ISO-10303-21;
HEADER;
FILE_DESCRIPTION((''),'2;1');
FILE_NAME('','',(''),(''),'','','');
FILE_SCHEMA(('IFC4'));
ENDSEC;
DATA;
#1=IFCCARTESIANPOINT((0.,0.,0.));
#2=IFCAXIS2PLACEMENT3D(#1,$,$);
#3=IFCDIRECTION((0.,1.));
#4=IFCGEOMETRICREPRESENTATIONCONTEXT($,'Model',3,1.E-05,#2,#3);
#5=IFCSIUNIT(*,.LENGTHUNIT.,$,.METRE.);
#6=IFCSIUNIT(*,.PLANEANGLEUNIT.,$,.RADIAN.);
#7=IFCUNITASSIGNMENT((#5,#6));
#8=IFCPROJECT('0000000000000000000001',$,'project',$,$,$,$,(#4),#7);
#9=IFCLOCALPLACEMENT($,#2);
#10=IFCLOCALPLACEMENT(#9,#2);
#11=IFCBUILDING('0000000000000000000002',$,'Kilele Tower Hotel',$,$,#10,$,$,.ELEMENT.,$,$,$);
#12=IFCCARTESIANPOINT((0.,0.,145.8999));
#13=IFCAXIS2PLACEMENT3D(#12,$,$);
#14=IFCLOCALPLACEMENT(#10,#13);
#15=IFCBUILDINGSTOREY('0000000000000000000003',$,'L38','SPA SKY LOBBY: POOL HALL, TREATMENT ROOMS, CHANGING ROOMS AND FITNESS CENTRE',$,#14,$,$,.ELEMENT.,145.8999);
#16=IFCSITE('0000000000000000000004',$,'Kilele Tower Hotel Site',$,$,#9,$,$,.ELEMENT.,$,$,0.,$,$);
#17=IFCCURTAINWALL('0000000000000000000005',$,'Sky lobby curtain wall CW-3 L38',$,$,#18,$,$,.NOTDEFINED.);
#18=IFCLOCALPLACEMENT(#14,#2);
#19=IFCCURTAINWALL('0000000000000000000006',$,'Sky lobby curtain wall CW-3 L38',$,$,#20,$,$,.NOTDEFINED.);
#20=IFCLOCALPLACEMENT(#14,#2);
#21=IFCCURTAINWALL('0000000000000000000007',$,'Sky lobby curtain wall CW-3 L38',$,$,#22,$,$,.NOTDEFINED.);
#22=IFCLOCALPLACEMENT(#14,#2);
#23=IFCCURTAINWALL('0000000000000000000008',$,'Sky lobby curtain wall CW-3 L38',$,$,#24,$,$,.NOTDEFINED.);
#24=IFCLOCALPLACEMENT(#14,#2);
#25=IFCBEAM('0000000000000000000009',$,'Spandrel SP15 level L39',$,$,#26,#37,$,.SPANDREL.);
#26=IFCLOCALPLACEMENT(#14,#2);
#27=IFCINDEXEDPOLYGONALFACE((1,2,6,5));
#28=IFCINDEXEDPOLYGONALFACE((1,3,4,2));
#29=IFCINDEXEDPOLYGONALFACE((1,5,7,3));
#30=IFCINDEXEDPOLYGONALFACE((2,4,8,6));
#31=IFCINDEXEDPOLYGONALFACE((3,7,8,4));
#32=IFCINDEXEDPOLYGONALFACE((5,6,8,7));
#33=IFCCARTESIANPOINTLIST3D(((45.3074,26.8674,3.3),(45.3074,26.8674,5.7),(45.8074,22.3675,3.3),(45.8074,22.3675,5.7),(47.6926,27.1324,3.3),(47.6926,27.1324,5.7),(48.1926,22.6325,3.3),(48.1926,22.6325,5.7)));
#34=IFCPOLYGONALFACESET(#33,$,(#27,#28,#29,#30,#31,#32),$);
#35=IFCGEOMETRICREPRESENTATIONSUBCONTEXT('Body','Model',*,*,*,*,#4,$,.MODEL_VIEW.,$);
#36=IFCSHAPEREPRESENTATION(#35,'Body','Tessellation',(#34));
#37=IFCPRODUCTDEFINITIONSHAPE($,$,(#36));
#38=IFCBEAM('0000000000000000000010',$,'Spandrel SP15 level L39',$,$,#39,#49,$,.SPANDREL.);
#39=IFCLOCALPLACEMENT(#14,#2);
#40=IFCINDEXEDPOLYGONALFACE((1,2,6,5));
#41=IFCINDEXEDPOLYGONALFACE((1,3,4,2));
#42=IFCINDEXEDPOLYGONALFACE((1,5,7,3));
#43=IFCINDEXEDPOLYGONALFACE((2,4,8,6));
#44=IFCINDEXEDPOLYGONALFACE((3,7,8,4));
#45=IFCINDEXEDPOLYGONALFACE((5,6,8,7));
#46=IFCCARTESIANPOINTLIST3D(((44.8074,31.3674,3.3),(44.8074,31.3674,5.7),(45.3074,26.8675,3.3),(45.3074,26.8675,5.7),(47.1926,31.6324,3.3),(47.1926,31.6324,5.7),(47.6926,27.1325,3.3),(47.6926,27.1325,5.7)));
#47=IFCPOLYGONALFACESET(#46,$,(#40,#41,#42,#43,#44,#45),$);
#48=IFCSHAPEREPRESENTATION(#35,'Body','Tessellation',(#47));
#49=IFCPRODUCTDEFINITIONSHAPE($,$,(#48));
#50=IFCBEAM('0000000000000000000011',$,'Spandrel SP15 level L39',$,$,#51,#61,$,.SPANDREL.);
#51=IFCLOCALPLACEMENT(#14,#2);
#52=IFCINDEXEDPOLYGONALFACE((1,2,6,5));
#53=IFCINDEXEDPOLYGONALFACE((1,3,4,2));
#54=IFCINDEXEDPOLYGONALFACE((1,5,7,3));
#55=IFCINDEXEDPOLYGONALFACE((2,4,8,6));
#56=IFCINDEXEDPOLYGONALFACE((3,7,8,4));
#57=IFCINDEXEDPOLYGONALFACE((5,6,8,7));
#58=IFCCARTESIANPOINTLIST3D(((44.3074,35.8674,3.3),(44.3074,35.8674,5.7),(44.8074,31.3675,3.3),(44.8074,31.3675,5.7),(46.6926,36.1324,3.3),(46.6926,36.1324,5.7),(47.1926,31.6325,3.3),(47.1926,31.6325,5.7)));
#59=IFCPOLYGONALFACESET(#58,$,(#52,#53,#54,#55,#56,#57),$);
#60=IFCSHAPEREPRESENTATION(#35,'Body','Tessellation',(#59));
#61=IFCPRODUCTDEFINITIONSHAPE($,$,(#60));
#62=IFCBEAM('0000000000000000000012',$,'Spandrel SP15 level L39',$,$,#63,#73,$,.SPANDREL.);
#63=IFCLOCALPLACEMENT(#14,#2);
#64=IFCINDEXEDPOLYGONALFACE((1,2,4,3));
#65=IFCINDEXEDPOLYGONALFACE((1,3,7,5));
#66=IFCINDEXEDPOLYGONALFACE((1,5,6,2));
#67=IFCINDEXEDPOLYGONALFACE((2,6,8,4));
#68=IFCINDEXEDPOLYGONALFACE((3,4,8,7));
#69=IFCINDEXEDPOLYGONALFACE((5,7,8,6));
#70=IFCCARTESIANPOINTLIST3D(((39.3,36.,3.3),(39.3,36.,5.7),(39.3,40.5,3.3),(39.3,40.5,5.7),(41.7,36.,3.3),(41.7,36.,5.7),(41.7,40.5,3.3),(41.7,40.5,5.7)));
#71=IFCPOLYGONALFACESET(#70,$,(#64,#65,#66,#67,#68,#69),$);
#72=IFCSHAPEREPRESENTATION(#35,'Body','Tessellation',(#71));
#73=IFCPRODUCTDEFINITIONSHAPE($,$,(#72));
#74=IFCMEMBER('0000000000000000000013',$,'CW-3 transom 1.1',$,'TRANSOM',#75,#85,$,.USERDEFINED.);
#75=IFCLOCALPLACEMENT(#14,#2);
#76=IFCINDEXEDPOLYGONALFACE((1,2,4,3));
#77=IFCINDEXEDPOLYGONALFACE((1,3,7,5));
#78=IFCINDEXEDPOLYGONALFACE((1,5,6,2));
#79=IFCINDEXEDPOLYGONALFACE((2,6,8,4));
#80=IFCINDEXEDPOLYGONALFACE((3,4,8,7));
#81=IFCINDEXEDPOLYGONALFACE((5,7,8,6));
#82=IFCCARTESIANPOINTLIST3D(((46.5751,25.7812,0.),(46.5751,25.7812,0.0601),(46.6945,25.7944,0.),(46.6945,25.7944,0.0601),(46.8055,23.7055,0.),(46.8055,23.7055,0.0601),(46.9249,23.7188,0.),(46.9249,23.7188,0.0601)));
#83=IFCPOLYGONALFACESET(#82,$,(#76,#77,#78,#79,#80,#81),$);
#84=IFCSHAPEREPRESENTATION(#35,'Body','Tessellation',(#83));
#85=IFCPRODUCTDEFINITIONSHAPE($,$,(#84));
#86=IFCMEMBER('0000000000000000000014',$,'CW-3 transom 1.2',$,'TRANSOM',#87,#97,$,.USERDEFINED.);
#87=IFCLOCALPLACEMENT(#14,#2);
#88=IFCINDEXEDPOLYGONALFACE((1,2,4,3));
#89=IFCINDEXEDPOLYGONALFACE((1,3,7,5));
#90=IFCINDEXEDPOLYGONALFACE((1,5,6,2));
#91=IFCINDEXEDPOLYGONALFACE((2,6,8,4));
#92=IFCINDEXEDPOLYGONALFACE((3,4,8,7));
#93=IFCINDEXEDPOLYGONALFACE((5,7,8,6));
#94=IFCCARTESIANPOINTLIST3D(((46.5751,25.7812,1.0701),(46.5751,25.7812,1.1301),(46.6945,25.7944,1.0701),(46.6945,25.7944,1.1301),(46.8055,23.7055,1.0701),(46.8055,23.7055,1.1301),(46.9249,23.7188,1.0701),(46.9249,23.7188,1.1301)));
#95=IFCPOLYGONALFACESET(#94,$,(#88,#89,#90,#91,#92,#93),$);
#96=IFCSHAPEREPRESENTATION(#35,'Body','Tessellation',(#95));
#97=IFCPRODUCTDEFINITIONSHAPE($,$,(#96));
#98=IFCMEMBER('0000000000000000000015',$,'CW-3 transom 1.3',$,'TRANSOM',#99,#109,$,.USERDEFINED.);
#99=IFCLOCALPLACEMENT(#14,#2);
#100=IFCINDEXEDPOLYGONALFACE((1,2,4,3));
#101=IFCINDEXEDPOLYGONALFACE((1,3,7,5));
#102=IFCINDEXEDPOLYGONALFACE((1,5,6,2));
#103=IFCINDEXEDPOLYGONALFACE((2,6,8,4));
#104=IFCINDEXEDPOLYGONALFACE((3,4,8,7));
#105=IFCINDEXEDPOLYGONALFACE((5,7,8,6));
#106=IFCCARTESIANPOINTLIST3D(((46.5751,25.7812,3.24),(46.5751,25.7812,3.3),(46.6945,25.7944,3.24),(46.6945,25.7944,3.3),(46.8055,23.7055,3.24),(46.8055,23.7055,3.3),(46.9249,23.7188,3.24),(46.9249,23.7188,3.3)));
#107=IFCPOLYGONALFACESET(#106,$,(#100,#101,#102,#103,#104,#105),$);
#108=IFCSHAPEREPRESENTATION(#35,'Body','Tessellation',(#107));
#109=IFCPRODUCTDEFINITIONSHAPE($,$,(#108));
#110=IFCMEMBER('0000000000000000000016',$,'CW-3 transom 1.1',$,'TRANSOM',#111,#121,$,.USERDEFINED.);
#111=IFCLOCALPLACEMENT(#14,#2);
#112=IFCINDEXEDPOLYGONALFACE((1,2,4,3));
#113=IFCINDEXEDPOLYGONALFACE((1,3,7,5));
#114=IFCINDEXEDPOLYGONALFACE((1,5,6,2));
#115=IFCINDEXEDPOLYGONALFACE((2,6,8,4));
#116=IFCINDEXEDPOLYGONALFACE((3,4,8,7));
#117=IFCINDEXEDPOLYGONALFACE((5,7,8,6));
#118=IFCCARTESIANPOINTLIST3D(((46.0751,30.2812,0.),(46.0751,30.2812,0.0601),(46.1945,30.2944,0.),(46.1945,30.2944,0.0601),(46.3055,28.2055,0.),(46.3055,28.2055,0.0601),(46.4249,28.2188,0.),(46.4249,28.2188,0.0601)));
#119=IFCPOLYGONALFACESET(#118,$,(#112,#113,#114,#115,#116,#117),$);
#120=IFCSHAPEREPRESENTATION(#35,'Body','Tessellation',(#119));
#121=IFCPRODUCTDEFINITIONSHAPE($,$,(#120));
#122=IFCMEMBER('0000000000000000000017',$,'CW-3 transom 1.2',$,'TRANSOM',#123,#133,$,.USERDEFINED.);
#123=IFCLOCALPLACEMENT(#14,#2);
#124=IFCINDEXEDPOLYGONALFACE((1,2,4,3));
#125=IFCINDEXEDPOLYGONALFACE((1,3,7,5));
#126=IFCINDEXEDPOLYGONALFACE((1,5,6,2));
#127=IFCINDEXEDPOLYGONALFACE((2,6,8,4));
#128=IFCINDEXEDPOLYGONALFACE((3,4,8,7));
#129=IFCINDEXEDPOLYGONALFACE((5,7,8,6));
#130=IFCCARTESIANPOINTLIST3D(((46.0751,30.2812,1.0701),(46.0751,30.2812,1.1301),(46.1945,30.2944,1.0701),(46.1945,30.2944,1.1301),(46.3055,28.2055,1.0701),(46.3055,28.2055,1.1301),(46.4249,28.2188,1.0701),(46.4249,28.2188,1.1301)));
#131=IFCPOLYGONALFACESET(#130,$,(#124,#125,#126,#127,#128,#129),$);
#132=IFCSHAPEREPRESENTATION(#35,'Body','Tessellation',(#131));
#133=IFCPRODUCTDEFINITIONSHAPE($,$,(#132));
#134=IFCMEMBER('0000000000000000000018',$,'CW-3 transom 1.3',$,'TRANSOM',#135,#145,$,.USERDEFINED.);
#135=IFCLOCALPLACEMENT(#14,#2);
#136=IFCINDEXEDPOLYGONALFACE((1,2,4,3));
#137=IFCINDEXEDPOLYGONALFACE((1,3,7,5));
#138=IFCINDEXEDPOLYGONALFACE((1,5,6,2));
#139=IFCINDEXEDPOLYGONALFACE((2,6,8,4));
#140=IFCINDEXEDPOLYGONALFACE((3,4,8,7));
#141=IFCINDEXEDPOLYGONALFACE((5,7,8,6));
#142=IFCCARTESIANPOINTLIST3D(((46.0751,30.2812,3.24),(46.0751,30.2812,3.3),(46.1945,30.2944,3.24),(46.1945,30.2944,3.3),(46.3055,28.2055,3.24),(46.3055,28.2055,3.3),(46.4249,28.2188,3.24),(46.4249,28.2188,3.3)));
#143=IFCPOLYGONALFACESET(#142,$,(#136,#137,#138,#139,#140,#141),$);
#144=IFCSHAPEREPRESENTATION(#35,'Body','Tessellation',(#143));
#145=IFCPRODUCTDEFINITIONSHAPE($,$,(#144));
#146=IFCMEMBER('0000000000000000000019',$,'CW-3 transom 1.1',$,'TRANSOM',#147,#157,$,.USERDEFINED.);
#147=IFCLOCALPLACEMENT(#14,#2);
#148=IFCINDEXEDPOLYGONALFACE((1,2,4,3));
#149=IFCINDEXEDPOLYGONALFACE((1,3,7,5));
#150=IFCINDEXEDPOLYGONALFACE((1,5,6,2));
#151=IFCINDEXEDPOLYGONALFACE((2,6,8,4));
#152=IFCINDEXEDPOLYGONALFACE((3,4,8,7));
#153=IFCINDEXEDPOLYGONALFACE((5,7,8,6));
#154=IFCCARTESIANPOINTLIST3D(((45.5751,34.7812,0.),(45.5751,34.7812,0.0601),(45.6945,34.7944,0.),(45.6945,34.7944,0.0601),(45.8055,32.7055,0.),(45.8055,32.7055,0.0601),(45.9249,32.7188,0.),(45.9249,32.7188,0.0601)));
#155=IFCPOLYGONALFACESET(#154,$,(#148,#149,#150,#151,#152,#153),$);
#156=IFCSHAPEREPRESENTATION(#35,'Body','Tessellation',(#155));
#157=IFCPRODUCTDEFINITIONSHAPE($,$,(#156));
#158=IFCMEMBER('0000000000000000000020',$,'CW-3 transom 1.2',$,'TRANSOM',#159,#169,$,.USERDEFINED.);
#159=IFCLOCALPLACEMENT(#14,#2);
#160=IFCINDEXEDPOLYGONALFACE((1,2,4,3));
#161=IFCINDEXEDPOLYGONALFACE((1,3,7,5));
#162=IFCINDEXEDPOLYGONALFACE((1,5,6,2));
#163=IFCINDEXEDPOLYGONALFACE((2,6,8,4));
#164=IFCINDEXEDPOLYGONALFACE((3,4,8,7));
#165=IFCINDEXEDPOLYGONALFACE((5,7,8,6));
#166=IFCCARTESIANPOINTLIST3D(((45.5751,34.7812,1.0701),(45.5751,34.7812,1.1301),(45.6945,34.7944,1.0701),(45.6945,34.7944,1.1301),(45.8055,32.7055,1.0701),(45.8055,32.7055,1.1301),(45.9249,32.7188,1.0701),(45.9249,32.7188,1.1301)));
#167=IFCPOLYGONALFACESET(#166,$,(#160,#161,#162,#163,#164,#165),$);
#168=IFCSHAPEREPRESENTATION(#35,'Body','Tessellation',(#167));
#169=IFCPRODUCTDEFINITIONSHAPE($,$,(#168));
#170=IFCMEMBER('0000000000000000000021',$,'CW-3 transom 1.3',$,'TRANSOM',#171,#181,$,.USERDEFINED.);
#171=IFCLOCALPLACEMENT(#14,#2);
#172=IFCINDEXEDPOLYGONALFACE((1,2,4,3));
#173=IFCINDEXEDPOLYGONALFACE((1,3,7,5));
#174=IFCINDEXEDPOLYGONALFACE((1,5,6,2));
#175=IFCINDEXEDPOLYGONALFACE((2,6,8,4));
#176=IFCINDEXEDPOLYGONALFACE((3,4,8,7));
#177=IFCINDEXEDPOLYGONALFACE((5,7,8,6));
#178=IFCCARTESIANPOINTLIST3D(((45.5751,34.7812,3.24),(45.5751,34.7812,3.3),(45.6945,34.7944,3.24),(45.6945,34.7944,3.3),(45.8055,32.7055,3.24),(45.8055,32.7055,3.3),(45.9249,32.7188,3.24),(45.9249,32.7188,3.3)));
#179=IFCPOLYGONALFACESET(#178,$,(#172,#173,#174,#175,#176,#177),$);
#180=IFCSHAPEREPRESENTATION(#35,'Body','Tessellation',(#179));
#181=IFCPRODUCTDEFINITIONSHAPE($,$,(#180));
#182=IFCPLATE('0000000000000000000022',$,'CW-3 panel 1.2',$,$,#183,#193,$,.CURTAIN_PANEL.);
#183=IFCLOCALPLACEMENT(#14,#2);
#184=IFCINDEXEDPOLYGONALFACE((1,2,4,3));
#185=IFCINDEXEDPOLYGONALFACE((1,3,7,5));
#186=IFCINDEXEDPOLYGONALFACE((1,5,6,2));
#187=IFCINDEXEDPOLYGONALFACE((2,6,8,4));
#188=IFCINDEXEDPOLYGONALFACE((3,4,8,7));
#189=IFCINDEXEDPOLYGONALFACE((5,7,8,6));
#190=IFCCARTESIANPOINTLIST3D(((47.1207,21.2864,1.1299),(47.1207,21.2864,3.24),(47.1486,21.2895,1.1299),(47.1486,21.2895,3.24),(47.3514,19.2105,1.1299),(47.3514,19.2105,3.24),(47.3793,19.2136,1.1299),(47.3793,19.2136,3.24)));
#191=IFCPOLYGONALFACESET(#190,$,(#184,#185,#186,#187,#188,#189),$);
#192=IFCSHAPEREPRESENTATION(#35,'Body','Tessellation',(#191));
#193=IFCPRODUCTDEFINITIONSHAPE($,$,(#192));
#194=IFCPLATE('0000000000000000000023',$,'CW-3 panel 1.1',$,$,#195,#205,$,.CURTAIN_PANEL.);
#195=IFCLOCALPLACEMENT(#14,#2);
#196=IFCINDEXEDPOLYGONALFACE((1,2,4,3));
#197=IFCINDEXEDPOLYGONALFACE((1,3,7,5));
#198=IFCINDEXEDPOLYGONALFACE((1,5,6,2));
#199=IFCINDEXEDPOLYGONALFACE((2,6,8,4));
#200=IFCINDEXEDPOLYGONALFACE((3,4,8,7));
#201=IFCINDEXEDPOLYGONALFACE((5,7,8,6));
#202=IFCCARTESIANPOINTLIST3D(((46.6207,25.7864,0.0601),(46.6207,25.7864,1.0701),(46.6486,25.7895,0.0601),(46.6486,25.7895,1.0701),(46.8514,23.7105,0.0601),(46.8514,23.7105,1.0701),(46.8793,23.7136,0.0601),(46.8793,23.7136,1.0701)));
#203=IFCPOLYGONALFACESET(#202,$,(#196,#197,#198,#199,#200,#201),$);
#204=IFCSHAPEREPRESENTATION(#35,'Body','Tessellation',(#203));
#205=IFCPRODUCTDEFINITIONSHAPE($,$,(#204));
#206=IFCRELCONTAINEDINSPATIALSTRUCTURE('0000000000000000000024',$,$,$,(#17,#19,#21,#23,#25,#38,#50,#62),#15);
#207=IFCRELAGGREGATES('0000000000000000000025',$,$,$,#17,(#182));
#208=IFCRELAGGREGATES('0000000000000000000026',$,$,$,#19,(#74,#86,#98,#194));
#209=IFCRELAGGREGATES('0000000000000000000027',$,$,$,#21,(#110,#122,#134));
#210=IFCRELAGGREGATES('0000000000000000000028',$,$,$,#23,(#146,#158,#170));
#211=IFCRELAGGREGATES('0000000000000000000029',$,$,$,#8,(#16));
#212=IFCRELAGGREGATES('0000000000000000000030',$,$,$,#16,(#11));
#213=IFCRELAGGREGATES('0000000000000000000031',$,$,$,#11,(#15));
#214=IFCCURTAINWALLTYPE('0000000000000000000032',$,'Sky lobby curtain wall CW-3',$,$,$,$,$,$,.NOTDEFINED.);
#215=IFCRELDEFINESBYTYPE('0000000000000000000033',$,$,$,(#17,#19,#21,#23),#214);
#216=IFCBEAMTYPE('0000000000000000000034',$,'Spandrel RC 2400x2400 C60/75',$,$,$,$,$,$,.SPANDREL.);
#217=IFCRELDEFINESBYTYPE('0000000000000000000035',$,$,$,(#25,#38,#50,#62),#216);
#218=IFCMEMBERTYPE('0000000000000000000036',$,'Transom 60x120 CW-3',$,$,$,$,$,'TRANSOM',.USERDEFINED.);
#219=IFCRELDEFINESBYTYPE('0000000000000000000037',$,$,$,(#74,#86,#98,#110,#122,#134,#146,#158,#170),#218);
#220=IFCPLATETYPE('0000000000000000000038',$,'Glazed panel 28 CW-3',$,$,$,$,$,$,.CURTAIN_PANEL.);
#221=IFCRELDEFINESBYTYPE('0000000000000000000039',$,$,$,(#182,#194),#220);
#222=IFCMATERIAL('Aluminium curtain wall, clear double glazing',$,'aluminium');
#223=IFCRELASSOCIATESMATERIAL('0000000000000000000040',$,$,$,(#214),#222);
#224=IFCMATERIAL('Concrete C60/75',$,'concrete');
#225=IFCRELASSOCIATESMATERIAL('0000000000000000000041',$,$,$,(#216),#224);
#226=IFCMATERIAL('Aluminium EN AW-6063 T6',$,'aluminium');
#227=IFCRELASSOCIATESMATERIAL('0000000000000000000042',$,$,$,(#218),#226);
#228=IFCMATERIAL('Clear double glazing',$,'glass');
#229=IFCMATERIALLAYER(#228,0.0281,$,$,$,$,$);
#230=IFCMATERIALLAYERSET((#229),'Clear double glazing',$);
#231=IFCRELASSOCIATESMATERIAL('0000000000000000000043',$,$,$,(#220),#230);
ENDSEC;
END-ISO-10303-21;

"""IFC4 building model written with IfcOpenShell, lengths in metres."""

from ifc_helpers import new_model, si_unit, direction, frame, origin, origin_2d, place, context, subcontext, project, spatial, rectangle, extrude, material, layer, layer_set, material_profile, profile_set, type_object, element, aggregate, save


model = new_model("IFC4")

# Units and contexts
model_context = context("Model", 3, precision=1e-05, world=origin(), true_north=direction((0.0, 1.0)))
body_context = subcontext(model_context, "Body", "Model", "MODEL_VIEW")
ifc_project = project(units=[si_unit("LENGTHUNIT", "METRE"), si_unit("PLANEANGLEUNIT", "RADIAN")], contexts=[model_context])

# Site, building, storey
site_placement = place(None, origin())
site = spatial("IfcSite", under=ifc_project, at=site_placement, Name="Kilele Tower Hotel Site", CompositionType="ELEMENT", RefElevation=0.0)
building_placement = place(site_placement, origin())
building = spatial("IfcBuilding", under=site, at=building_placement, Name="Kilele Tower Hotel", CompositionType="ELEMENT")
storey_placement = place(building_placement, frame((0.0, 0.0, 145.8999)))
storey = spatial("IfcBuildingStorey", under=building, at=storey_placement, Name="L38", Description="SPA SKY LOBBY: POOL HALL, TREATMENT ROOMS, CHANGING ROOMS AND FITNESS CENTRE", CompositionType="ELEMENT", Elevation=145.8999)

# Curtain wall
ifc_material_1 = material(Name="Aluminium curtain wall, clear double glazing", Category="aluminium")
curtain_wall_type = type_object("IfcCurtainWallType", Name="Sky lobby curtain wall CW-3", PredefinedType="NOTDEFINED", material=ifc_material_1)
curtain_wall_1_placement = place(storey_placement, origin())
curtain_wall_1 = element("IfcCurtainWall", 1, at=curtain_wall_1_placement, inside=storey, type_object=curtain_wall_type, Name="Sky lobby curtain wall CW-3 L38", PredefinedType="NOTDEFINED")

# Curtain walls
curtain_wall_2_placement = place(storey_placement, origin())
curtain_wall_2 = element("IfcCurtainWall", 2, at=curtain_wall_2_placement, inside=storey, type_object=curtain_wall_type, Name="Sky lobby curtain wall CW-3 L38", PredefinedType="NOTDEFINED")
curtain_wall_3_placement = place(storey_placement, origin())
curtain_wall_3 = element("IfcCurtainWall", 3, at=curtain_wall_3_placement, inside=storey, type_object=curtain_wall_type, Name="Sky lobby curtain wall CW-3 L38", PredefinedType="NOTDEFINED")
curtain_wall_4_placement = place(storey_placement, origin())
curtain_wall_4 = element("IfcCurtainWall", 4, at=curtain_wall_4_placement, inside=storey, type_object=curtain_wall_type, Name="Sky lobby curtain wall CW-3 L38", PredefinedType="NOTDEFINED")

# Beams
ifc_material_2 = material(Name="Concrete C60/75", Category="concrete")
ifc_material_profile_1 = material_profile(ifc_material_2, rectangle(XDim=2.3999, YDim=2.3999, at=origin_2d()))
ifc_profile_set_1 = profile_set([ifc_material_profile_1], Name="Concrete C60/75")
beam_type_1 = type_object("IfcBeamType", Name="Spandrel RC 2400x2400 C60/75", PredefinedType="SPANDREL", material=ifc_profile_set_1)
for number, where, z_axis, x_axis, name in (
    (5, (47.0, 22.5, 4.5), (-0.110432, 0.993884, 0.0), (-0.993884, -0.110432, 0.0), "Spandrel SP15 level L39"),
    (6, (46.5, 27.0, 4.5), (-0.110432, 0.993884, 0.0), (-0.993884, -0.110432, 0.0), "Spandrel SP15 level L39"),
    (7, (46.0, 31.5, 4.5), (-0.110432, 0.993884, 0.0), (-0.993884, -0.110432, 0.0), "Spandrel SP15 level L39"),
):
    element("IfcBeam", number, at=place(storey_placement, frame(where, z_axis=z_axis, x_axis=x_axis)), inside=storey, type_object=beam_type_1, Name=name, PredefinedType="SPANDREL", context=body_context, shape_type="SweptSolid", body=[
        extrude(rectangle(XDim=2.3999, YDim=2.3999, at=origin_2d()), origin(), (0.0, 0.0, 1.0), 4.5276),
    ])
beam_1_placement = place(storey_placement, frame((40.5, 36.0, 4.5), z_axis=(0.0, 1.0, 0.0), x_axis=(-1.0, 0.0, 0.0)))
element("IfcBeam", 8, at=beam_1_placement, inside=storey, type_object=beam_type_1, Name="Spandrel SP15 level L39", PredefinedType="SPANDREL", context=body_context, shape_type="SweptSolid", body=[
    extrude(rectangle(XDim=2.3999, YDim=2.3999, at=origin_2d()), origin(), (0.0, 0.0, 1.0), 4.5),
])

# Members
ifc_material_3 = material(Name="Aluminium EN AW-6063 T6", Category="aluminium")
ifc_material_profile_2 = material_profile(ifc_material_3, rectangle(XDim=0.1201, YDim=0.0601, at=origin_2d()))
ifc_profile_set_2 = profile_set([ifc_material_profile_2], Name="Aluminium EN AW-6063 T6")
member_type_1 = type_object("IfcMemberType", Name="Transom 60x120 CW-3", ElementType="TRANSOM", PredefinedType="USERDEFINED", material=ifc_profile_set_2)
member_1_placement = place(storey_placement, frame((46.8652, 23.7122, 0.03), z_axis=(-0.110355, 0.993892, 0.0), x_axis=(-0.993892, -0.110355, 0.0)))
member_1 = element("IfcMember", 9, at=member_1_placement, type_object=member_type_1, Name="CW-3 transom 1.1", ObjectType="TRANSOM", PredefinedType="USERDEFINED", context=body_context, shape_type="SweptSolid", body=[
    extrude(rectangle(XDim=0.1201, YDim=0.0601, at=origin_2d()), origin(), (0.0, 0.0, 1.0), 2.0884),
])
member_2_placement = place(storey_placement, frame((46.8652, 23.7122, 1.1001), z_axis=(-0.110355, 0.993892, 0.0), x_axis=(-0.993892, -0.110355, 0.0)))
member_2 = element("IfcMember", 10, at=member_2_placement, type_object=member_type_1, Name="CW-3 transom 1.2", ObjectType="TRANSOM", PredefinedType="USERDEFINED", context=body_context, shape_type="SweptSolid", body=[
    extrude(rectangle(XDim=0.1201, YDim=0.0601, at=origin_2d()), origin(), (0.0, 0.0, 1.0), 2.0884),
])
member_3_placement = place(storey_placement, frame((46.8652, 23.7122, 3.27), z_axis=(-0.110355, 0.993892, 0.0), x_axis=(-0.993892, -0.110355, 0.0)))
member_3 = element("IfcMember", 11, at=member_3_placement, type_object=member_type_1, Name="CW-3 transom 1.3", ObjectType="TRANSOM", PredefinedType="USERDEFINED", context=body_context, shape_type="SweptSolid", body=[
    extrude(rectangle(XDim=0.1201, YDim=0.0601, at=origin_2d()), origin(), (0.0, 0.0, 1.0), 2.0884),
])
member_4_placement = place(storey_placement, frame((46.3652, 28.2122, 0.03), z_axis=(-0.110355, 0.993892, 0.0), x_axis=(-0.993892, -0.110355, 0.0)))
member_4 = element("IfcMember", 12, at=member_4_placement, type_object=member_type_1, Name="CW-3 transom 1.1", ObjectType="TRANSOM", PredefinedType="USERDEFINED", context=body_context, shape_type="SweptSolid", body=[
    extrude(rectangle(XDim=0.1201, YDim=0.0601, at=origin_2d()), origin(), (0.0, 0.0, 1.0), 2.0884),
])
member_5_placement = place(storey_placement, frame((46.3652, 28.2122, 1.1001), z_axis=(-0.110355, 0.993892, 0.0), x_axis=(-0.993892, -0.110355, 0.0)))
member_5 = element("IfcMember", 13, at=member_5_placement, type_object=member_type_1, Name="CW-3 transom 1.2", ObjectType="TRANSOM", PredefinedType="USERDEFINED", context=body_context, shape_type="SweptSolid", body=[
    extrude(rectangle(XDim=0.1201, YDim=0.0601, at=origin_2d()), origin(), (0.0, 0.0, 1.0), 2.0884),
])
member_6_placement = place(storey_placement, frame((46.3652, 28.2122, 3.27), z_axis=(-0.110355, 0.993892, 0.0), x_axis=(-0.993892, -0.110355, 0.0)))
member_6 = element("IfcMember", 14, at=member_6_placement, type_object=member_type_1, Name="CW-3 transom 1.3", ObjectType="TRANSOM", PredefinedType="USERDEFINED", context=body_context, shape_type="SweptSolid", body=[
    extrude(rectangle(XDim=0.1201, YDim=0.0601, at=origin_2d()), origin(), (0.0, 0.0, 1.0), 2.0884),
])
member_7_placement = place(storey_placement, frame((45.8652, 32.7122, 0.03), z_axis=(-0.110355, 0.993892, 0.0), x_axis=(-0.993892, -0.110355, 0.0)))
member_7 = element("IfcMember", 15, at=member_7_placement, type_object=member_type_1, Name="CW-3 transom 1.1", ObjectType="TRANSOM", PredefinedType="USERDEFINED", context=body_context, shape_type="SweptSolid", body=[
    extrude(rectangle(XDim=0.1201, YDim=0.0601, at=origin_2d()), origin(), (0.0, 0.0, 1.0), 2.0884),
])
member_8_placement = place(storey_placement, frame((45.8652, 32.7122, 1.1001), z_axis=(-0.110355, 0.993892, 0.0), x_axis=(-0.993892, -0.110355, 0.0)))
member_8 = element("IfcMember", 16, at=member_8_placement, type_object=member_type_1, Name="CW-3 transom 1.2", ObjectType="TRANSOM", PredefinedType="USERDEFINED", context=body_context, shape_type="SweptSolid", body=[
    extrude(rectangle(XDim=0.1201, YDim=0.0601, at=origin_2d()), origin(), (0.0, 0.0, 1.0), 2.0884),
])
member_9_placement = place(storey_placement, frame((45.8652, 32.7122, 3.27), z_axis=(-0.110355, 0.993892, 0.0), x_axis=(-0.993892, -0.110355, 0.0)))
member_9 = element("IfcMember", 17, at=member_9_placement, type_object=member_type_1, Name="CW-3 transom 1.3", ObjectType="TRANSOM", PredefinedType="USERDEFINED", context=body_context, shape_type="SweptSolid", body=[
    extrude(rectangle(XDim=0.1201, YDim=0.0601, at=origin_2d()), origin(), (0.0, 0.0, 1.0), 2.0884),
])

# Plates
ifc_material_4 = material(Name="Clear double glazing", Category="glass")
ifc_layer_1 = layer(ifc_material_4, 0.0281)
ifc_layer_set_1 = layer_set([ifc_layer_1], Name="Clear double glazing")
plate_type = type_object("IfcPlateType", Name="Glazed panel 28 CW-3", PredefinedType="CURTAIN_PANEL", material=ifc_layer_set_1)
plate_1_placement = place(storey_placement, frame((47.25, 20.25, 1.1299), z_axis=(0.0, 0.0, 1.0), x_axis=(-0.110432, 0.993884, 0.0)))
plate_1 = element("IfcPlate", 18, at=plate_1_placement, type_object=plate_type, Name="CW-3 panel 1.2", PredefinedType="CURTAIN_PANEL", context=body_context, shape_type="SweptSolid", body=[
    extrude(rectangle(XDim=2.0886, YDim=0.0281, at=origin_2d()), origin(), (0.0, 0.0, 1.0), 2.1101),
])
aggregate(curtain_wall_1, [plate_1])
plate_2_placement = place(storey_placement, frame((46.75, 24.75, 0.0601), z_axis=(0.0, 0.0, 1.0), x_axis=(-0.110432, 0.993884, 0.0)))
plate_2 = element("IfcPlate", 19, at=plate_2_placement, type_object=plate_type, Name="CW-3 panel 1.1", PredefinedType="CURTAIN_PANEL", context=body_context, shape_type="SweptSolid", body=[
    extrude(rectangle(XDim=2.0886, YDim=0.0281, at=origin_2d()), origin(), (0.0, 0.0, 1.0), 1.01),
])
aggregate(curtain_wall_2, [member_1, member_2, member_3, plate_2])
aggregate(curtain_wall_3, [member_4, member_5, member_6])
aggregate(curtain_wall_4, [member_7, member_8, member_9])

save(model, "model.ifc")
